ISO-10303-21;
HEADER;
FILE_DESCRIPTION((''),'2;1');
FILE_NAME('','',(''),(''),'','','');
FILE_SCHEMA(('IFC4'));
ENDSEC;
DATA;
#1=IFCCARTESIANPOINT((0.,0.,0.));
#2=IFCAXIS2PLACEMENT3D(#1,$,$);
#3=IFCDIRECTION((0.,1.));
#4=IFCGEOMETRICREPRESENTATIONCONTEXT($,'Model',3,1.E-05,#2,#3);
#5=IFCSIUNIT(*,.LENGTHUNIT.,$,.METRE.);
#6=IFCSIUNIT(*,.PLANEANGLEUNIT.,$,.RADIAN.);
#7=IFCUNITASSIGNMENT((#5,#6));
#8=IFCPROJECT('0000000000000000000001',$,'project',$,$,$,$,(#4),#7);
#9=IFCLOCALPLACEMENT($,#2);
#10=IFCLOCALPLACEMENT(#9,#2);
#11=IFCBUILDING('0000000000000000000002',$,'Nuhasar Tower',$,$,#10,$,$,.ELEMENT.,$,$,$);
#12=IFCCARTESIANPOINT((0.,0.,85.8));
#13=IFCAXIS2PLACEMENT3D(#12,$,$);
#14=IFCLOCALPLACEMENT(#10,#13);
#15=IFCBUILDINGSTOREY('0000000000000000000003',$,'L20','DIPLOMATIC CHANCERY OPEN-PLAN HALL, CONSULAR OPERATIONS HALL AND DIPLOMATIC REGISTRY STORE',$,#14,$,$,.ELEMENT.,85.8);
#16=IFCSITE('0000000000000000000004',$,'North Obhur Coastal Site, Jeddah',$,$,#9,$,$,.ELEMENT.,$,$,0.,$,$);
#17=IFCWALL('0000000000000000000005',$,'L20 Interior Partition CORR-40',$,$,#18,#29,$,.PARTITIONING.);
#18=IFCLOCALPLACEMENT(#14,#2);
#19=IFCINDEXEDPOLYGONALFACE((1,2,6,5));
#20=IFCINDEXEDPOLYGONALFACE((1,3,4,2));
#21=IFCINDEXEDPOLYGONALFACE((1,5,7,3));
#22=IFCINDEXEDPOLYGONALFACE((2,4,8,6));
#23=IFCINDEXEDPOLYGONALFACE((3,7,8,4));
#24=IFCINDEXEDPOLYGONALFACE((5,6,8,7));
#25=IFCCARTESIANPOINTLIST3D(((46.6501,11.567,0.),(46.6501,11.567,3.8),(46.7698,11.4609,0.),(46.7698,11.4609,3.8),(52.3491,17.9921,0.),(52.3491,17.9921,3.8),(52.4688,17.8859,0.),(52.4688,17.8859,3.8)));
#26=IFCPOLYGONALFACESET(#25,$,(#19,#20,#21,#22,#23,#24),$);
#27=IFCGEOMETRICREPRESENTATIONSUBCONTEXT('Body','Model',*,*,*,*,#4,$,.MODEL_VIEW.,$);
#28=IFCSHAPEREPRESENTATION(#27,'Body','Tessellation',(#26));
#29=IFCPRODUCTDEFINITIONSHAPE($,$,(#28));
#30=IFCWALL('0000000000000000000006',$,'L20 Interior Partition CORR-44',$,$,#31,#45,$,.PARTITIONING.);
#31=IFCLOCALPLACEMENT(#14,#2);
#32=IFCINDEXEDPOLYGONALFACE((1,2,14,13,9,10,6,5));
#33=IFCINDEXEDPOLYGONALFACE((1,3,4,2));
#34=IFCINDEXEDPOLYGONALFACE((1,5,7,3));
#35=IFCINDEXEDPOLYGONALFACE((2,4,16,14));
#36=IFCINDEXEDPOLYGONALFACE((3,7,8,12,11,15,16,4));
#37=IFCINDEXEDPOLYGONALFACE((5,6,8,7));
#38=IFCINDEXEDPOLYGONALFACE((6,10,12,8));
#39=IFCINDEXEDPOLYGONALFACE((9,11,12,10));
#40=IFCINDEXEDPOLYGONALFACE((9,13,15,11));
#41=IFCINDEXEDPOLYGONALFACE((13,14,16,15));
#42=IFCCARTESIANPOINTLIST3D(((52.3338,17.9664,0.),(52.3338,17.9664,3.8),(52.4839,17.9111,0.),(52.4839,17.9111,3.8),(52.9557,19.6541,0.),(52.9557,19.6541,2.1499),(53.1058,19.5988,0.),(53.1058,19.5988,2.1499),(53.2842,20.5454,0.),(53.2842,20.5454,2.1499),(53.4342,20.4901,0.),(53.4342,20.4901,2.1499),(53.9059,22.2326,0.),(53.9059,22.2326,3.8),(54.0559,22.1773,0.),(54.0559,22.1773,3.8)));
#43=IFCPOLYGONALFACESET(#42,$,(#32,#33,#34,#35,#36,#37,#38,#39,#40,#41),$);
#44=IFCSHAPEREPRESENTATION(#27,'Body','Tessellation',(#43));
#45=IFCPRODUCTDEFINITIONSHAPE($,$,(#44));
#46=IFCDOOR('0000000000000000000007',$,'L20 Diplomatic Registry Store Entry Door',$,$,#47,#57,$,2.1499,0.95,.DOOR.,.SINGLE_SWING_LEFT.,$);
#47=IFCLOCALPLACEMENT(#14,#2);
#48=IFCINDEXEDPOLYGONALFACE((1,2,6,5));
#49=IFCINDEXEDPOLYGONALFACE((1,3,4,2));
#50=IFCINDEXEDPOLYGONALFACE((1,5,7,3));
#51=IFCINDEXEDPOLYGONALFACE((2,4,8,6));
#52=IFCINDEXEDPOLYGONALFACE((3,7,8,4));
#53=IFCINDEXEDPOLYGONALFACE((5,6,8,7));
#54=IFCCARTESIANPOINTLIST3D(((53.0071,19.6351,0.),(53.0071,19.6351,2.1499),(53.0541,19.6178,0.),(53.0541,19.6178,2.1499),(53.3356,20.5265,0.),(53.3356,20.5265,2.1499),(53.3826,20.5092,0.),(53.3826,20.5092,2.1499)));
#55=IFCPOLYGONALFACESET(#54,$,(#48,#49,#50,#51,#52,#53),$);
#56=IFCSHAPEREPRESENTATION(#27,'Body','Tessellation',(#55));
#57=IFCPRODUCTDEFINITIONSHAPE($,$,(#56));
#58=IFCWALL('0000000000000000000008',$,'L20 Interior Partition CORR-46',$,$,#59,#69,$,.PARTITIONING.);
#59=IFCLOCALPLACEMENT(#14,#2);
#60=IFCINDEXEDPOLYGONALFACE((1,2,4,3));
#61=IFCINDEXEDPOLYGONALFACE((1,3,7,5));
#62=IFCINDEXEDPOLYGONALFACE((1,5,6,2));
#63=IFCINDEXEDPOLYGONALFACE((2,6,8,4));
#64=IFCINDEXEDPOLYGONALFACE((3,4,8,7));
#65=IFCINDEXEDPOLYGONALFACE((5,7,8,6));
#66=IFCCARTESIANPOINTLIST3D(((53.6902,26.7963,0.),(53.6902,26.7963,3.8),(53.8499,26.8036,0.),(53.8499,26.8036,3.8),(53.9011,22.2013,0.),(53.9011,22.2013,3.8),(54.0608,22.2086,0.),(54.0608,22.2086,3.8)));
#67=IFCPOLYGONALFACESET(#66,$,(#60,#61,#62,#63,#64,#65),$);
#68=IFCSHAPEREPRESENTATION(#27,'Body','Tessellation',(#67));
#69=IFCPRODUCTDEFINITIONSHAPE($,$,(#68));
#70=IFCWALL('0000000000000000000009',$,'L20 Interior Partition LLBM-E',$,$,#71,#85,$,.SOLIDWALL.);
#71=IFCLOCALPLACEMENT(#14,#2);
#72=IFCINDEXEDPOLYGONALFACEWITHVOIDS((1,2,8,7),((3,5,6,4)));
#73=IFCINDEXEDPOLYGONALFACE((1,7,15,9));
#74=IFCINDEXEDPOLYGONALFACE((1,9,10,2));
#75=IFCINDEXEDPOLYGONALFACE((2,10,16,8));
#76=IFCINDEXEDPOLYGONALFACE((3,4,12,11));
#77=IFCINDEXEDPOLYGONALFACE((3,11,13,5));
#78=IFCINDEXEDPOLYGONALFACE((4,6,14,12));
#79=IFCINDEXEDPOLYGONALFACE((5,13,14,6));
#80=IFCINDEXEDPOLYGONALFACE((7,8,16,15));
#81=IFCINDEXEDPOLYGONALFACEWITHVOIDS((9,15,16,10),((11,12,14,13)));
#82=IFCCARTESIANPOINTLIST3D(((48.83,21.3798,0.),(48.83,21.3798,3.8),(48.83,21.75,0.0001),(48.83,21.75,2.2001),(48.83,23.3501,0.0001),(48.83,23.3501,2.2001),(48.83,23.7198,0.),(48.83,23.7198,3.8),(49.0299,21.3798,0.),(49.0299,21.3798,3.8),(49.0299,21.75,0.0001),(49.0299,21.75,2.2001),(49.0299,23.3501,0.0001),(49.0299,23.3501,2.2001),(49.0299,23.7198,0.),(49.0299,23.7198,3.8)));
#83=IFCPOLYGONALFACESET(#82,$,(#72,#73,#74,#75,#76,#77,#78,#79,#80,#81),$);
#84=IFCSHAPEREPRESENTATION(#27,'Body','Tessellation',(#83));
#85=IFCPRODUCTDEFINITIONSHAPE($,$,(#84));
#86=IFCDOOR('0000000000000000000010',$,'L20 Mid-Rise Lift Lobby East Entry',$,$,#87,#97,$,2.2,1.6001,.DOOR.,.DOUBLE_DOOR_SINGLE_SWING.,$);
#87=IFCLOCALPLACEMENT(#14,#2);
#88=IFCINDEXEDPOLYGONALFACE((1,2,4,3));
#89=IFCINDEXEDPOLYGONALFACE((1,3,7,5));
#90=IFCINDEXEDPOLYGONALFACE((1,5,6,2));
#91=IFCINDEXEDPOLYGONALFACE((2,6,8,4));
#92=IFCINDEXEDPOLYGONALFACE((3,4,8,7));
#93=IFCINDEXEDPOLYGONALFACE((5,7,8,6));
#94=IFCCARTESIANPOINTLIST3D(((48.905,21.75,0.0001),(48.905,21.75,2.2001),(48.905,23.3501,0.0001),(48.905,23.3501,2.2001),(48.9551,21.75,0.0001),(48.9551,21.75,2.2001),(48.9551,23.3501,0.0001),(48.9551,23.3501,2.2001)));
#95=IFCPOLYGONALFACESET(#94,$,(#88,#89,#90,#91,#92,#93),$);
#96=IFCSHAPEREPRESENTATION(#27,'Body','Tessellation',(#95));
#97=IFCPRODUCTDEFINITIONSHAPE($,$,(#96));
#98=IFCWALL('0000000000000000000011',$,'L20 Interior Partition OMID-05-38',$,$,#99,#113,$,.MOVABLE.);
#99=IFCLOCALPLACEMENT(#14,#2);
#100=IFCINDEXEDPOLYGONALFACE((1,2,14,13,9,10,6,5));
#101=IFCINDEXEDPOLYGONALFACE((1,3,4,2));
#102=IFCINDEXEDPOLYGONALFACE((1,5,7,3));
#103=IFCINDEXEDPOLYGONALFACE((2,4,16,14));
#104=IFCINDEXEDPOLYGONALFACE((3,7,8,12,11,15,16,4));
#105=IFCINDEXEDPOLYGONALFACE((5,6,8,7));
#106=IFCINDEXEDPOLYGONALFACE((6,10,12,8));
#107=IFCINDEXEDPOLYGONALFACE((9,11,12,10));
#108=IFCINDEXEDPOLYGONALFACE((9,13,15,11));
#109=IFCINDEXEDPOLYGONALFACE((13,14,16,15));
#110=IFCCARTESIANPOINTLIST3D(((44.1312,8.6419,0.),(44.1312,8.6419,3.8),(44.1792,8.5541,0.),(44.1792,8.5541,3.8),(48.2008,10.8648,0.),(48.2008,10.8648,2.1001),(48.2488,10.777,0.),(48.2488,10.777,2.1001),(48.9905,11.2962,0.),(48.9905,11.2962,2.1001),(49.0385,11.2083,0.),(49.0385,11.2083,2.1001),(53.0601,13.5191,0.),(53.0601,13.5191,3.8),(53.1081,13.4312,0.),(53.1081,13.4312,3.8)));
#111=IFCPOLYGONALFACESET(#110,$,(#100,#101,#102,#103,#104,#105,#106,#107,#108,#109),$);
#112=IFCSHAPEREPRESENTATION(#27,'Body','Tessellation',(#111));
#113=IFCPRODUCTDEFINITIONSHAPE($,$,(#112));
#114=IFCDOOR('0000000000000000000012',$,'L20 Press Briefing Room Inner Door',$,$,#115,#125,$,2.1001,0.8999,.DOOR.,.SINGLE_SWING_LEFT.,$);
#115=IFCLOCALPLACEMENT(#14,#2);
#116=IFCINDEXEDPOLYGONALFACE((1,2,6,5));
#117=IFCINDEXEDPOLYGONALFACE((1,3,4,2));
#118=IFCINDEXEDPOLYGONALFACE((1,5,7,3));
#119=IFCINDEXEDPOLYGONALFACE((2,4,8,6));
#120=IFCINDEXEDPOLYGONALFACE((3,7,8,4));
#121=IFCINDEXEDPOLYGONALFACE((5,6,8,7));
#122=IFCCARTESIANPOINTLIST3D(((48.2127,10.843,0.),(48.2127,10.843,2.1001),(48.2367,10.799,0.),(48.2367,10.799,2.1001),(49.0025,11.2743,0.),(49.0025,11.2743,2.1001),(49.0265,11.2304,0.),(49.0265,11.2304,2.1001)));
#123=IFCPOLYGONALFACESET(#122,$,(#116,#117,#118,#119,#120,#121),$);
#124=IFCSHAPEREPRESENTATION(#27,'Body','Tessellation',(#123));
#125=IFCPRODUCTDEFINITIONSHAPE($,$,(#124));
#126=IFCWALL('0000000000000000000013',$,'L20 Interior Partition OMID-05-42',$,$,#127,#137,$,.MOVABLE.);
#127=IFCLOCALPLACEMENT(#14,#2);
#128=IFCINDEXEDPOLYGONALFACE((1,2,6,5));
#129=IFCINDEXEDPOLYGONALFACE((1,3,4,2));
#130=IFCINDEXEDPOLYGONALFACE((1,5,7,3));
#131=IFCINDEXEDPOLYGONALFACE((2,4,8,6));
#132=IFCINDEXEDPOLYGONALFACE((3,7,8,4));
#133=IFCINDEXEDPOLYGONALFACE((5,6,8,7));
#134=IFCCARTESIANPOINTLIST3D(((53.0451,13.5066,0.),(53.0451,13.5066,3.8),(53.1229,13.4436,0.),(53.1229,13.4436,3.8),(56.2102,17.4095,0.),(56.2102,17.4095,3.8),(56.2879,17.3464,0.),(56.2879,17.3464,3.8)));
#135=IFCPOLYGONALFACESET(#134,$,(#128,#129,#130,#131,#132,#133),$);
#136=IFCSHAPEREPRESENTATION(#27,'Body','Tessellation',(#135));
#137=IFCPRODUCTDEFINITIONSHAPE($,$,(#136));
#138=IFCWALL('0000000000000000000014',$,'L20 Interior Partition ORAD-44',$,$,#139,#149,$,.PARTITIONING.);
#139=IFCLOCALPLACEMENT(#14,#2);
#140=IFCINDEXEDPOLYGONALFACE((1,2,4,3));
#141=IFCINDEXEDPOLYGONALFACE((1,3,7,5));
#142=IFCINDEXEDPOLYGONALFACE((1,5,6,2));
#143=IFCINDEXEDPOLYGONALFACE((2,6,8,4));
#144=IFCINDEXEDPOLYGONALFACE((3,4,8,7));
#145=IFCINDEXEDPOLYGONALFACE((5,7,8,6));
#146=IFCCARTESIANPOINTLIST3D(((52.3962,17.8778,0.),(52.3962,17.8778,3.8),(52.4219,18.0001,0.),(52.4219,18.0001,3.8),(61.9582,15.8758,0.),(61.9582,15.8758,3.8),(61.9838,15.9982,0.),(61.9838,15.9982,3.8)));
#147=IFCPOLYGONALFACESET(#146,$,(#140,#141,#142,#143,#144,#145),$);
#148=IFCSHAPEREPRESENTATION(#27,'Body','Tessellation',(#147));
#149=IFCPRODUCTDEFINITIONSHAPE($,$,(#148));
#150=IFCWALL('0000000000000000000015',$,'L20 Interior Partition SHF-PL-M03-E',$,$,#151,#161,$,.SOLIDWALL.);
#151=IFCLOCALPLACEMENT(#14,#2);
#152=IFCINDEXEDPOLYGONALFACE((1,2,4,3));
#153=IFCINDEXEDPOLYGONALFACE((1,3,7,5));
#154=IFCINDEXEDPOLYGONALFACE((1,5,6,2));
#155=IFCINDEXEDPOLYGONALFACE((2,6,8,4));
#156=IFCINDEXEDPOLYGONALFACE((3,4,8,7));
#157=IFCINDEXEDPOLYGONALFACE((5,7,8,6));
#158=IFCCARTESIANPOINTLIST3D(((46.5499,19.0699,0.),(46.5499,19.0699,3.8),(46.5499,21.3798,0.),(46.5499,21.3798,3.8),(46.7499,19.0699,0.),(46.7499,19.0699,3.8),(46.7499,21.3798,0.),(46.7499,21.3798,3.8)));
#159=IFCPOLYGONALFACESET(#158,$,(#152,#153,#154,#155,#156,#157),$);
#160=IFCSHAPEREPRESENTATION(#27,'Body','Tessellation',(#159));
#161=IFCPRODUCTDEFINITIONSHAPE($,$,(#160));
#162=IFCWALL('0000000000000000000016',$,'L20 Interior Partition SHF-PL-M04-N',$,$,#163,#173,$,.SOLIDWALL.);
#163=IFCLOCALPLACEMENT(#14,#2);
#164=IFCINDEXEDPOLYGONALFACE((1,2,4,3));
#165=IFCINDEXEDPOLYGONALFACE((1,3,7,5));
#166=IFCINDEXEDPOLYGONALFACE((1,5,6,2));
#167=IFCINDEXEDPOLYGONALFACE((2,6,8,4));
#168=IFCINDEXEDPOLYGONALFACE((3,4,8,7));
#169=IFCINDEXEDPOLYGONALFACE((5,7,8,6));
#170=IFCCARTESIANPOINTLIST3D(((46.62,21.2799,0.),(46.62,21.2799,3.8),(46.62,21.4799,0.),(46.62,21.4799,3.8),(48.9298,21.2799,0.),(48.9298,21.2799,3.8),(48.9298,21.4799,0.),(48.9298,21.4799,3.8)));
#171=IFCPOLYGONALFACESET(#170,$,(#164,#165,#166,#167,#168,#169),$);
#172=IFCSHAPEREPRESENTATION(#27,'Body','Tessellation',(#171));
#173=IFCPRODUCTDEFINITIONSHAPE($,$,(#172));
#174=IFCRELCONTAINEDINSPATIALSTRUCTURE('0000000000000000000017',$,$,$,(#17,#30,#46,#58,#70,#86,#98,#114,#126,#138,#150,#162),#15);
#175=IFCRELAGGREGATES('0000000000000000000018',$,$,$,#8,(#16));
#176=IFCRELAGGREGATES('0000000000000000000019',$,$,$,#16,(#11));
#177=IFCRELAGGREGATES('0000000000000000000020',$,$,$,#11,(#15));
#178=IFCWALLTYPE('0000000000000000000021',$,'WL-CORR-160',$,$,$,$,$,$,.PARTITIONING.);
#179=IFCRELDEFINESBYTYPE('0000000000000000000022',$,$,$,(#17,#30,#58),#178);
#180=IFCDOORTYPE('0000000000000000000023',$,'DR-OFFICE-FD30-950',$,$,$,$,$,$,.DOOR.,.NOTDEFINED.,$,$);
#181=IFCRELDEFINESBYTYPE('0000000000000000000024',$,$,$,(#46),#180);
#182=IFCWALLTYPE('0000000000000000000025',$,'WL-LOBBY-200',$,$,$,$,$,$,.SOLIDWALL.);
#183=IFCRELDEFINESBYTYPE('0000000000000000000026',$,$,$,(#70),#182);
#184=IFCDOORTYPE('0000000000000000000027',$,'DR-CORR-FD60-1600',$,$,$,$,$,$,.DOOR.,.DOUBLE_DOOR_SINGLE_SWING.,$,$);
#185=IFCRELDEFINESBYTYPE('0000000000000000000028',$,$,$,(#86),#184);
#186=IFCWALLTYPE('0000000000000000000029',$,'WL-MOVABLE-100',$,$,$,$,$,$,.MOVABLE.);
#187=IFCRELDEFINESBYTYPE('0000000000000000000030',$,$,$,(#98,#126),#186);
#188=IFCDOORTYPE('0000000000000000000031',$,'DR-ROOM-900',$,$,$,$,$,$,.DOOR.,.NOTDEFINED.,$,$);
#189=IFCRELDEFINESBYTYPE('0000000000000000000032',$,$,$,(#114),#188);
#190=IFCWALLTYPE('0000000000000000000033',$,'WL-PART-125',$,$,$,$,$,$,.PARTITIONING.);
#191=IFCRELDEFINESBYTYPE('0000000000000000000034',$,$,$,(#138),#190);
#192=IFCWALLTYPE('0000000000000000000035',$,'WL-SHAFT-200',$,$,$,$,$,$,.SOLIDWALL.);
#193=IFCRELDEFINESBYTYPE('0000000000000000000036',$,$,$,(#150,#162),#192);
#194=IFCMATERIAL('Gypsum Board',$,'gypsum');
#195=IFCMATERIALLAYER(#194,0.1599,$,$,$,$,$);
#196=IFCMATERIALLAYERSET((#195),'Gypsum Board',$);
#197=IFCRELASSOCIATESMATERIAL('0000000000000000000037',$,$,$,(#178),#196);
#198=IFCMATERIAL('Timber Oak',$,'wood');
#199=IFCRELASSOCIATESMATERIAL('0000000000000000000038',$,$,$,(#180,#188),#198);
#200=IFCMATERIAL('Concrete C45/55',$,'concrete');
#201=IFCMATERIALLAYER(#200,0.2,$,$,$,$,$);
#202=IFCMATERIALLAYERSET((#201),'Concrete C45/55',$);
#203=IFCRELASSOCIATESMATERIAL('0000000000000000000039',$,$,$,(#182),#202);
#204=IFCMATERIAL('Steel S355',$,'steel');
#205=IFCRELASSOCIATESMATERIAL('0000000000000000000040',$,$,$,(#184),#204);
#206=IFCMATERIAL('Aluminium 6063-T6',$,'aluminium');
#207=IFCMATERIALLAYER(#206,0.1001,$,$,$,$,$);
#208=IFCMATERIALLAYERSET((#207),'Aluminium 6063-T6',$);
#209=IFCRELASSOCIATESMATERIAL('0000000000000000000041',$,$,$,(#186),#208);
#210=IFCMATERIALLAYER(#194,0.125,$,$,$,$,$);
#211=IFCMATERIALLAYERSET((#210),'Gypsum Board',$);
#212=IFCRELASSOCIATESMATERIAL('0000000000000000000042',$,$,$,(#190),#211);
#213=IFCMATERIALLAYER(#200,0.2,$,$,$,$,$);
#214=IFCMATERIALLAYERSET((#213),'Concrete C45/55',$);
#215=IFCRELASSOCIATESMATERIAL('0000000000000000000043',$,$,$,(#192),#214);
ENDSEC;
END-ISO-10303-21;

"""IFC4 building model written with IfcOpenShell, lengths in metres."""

from ifc_helpers import new_model, si_unit, direction, frame, frame_2d, origin, place, context, subcontext, project, spatial, rectangle, extrude, material, layer, layer_set, type_object, element, fill, save


model = new_model("IFC4")

# Units and contexts
model_context = context("Model", 3, precision=1e-05, world=origin(), true_north=direction((0.0, 1.0)))
body_context = subcontext(model_context, "Body", "Model", "MODEL_VIEW")
ifc_project = project(units=[si_unit("LENGTHUNIT", "METRE"), si_unit("PLANEANGLEUNIT", "RADIAN")], contexts=[model_context])

# Site, building, storey
site_placement = place(None, origin())
site = spatial("IfcSite", under=ifc_project, at=site_placement, Name="North Obhur Coastal Site, Jeddah", CompositionType="ELEMENT", RefElevation=0.0)
building_placement = place(site_placement, origin())
building = spatial("IfcBuilding", under=site, at=building_placement, Name="Nuhasar Tower", CompositionType="ELEMENT")
storey_placement = place(building_placement, frame((0.0, 0.0, 85.8)))
storey = spatial("IfcBuildingStorey", under=building, at=storey_placement, Name="L20", Description="DIPLOMATIC CHANCERY OPEN-PLAN HALL, CONSULAR OPERATIONS HALL AND DIPLOMATIC REGISTRY STORE", CompositionType="ELEMENT", Elevation=85.8)

# Shared definitions
ifc_material_1 = material(Name="Steel S355", Category="steel")

# Shared definitions
ifc_material_2 = material(Name="Aluminium 6063-T6", Category="aluminium")

# Shared definitions
ifc_material_3 = material(Name="Gypsum Board", Category="gypsum")
ifc_layer_1 = layer(ifc_material_3, 0.1599)
ifc_layer_set_1 = layer_set([ifc_layer_1], Name="Gypsum Board")
wall_type_1 = type_object("IfcWallType", Name="WL-CORR-160", PredefinedType="PARTITIONING", material=ifc_layer_set_1)
ifc_material_4 = material(Name="Timber Oak", Category="wood")
door_type_1 = type_object("IfcDoorType", Name="DR-OFFICE-FD30-950", OperationType="NOTDEFINED", PredefinedType="DOOR", material=ifc_material_4)

# Wall
wall_1_placement = place(storey_placement, frame((46.71, 11.5139, 0.0), z_axis=(0.0, 0.0, 1.0), x_axis=(0.663571, 0.748113, 0.0)))
element("IfcWall", 1, at=wall_1_placement, inside=storey, type_object=wall_type_1, Name="L20 Interior Partition CORR-40", PredefinedType="PARTITIONING", context=body_context, shape_type="SweptSolid", body=[
    extrude(rectangle(XDim=8.5884, YDim=0.1599, at=frame_2d((4.2942, 0.0))), origin(), (0.0, 0.0, 1.0), 3.8),
])

# Wall, opening, door
wall_2_placement = place(storey_placement, frame((53.981, 22.2051, 0.0), z_axis=(0.0, 0.0, 1.0), x_axis=(-0.345763, -0.938322, 0.0)))
wall_2 = element("IfcWall", 2, at=wall_2_placement, inside=storey, type_object=wall_type_1, Name="L20 Interior Partition CORR-44", PredefinedType="PARTITIONING", context=body_context, shape_type="SweptSolid", body=[
    extrude(rectangle(XDim=4.5466, YDim=0.1599, at=frame_2d((2.2734, 0.0))), origin(), (0.0, 0.0, 1.0), 3.8),
])
opening_1_placement = place(wall_2_placement, frame((1.7981, 0.0, 0.0)))
opening_1 = element("IfcOpeningElement", 3, at=opening_1_placement, cuts=wall_2, PredefinedType="OPENING", context=body_context, shape_type="SweptSolid", body=[
    extrude(rectangle(XDim=0.95, YDim=2.1499, at=frame_2d((0.4751, 1.075))), frame((0.0, 0.0898, 0.0), z_axis=(0.0, -1.0, 0.0), x_axis=(1.0, 0.0, 0.0)), (0.0, 0.0, 1.0), 0.1799),
])
door_1_placement = place(opening_1_placement, origin())
door_1 = element("IfcDoor", 4, at=door_1_placement, inside=storey, type_object=door_type_1, Name="L20 Diplomatic Registry Store Entry Door", OperationType="SINGLE_SWING_LEFT", OverallHeight=2.1499, OverallWidth=0.95, PredefinedType="DOOR", context=body_context, shape_type="SweptSolid", body=[
    extrude(rectangle(XDim=0.95, YDim=2.1499, at=frame_2d((0.4751, 1.075))), frame((0.0, 0.0249, 0.0), z_axis=(0.0, -1.0, 0.0), x_axis=(1.0, 0.0, 0.0)), (0.0, 0.0, 1.0), 0.05),
])
fill(opening_1, door_1)

# Wall
wall_3_placement = place(storey_placement, frame((53.981, 22.2051, 0.0), z_axis=(0.0, 0.0, 1.0), x_axis=(-0.045858, 0.998948, 0.0)))
element("IfcWall", 5, at=wall_3_placement, inside=storey, type_object=wall_type_1, Name="L20 Interior Partition CORR-46", PredefinedType="PARTITIONING", context=body_context, shape_type="SweptSolid", body=[
    extrude(rectangle(XDim=4.5999, YDim=0.1599, at=frame_2d((2.2998, 0.0))), origin(), (0.0, 0.0, 1.0), 3.8),
])

# Walls, openings, doors
ifc_material_5 = material(Name="Concrete C45/55", Category="concrete")
ifc_layer_2 = layer(ifc_material_5, 0.2)
ifc_layer_set_2 = layer_set([ifc_layer_2], Name="Concrete C45/55")
wall_type_2 = type_object("IfcWallType", Name="WL-LOBBY-200", PredefinedType="SOLIDWALL", material=ifc_layer_set_2)
wall_4_placement = place(storey_placement, frame((48.9299, 21.3799, 0.0), z_axis=(0.0, 0.0, 1.0), x_axis=(0.0, 1.0, 0.0)))
wall_4 = element("IfcWall", 6, at=wall_4_placement, inside=storey, type_object=wall_type_2, Name="L20 Interior Partition LLBM-E", PredefinedType="SOLIDWALL", context=body_context, shape_type="SweptSolid", body=[
    extrude(rectangle(XDim=2.3401, YDim=0.2, at=frame_2d((1.1699, 0.0))), origin(), (0.0, 0.0, 1.0), 3.8),
])
opening_2_placement = place(wall_4_placement, frame((0.3701, 0.0, 0.0)))
opening_2 = element("IfcOpeningElement", 7, at=opening_2_placement, cuts=wall_4, PredefinedType="OPENING", context=body_context, shape_type="SweptSolid", body=[
    extrude(rectangle(XDim=1.6001, YDim=2.2, at=frame_2d((0.8, 1.1001))), frame((0.0, 0.1099, 0.0), z_axis=(0.0, -1.0, 0.0), x_axis=(1.0, 0.0, 0.0)), (0.0, 0.0, 1.0), 0.22),
])
door_type_2 = type_object("IfcDoorType", Name="DR-CORR-FD60-1600", OperationType="DOUBLE_DOOR_SINGLE_SWING", PredefinedType="DOOR", material=ifc_material_1)
door_2_placement = place(opening_2_placement, origin())
door_2 = element("IfcDoor", 8, at=door_2_placement, inside=storey, type_object=door_type_2, Name="L20 Mid-Rise Lift Lobby East Entry", OperationType="DOUBLE_DOOR_SINGLE_SWING", OverallHeight=2.2, OverallWidth=1.6001, PredefinedType="DOOR", context=body_context, shape_type="SweptSolid", body=[
    extrude(rectangle(XDim=1.6001, YDim=2.2, at=frame_2d((0.8, 1.1001))), frame((0.0, 0.0249, 0.0), z_axis=(0.0, -1.0, 0.0), x_axis=(1.0, 0.0, 0.0)), (0.0, 0.0, 1.0), 0.05),
])
fill(opening_2, door_2)
ifc_layer_3 = layer(ifc_material_2, 0.1001)
ifc_layer_set_3 = layer_set([ifc_layer_3], Name="Aluminium 6063-T6")
wall_type_3 = type_object("IfcWallType", Name="WL-MOVABLE-100", PredefinedType="MOVABLE", material=ifc_layer_set_3)
wall_5_placement = place(storey_placement, frame((53.084, 13.4751, 0.0), z_axis=(0.0, 0.0, 1.0), x_axis=(-0.877612, -0.479372, 0.0)))
wall_5 = element("IfcWall", 9, at=wall_5_placement, inside=storey, type_object=wall_type_3, Name="L20 Interior Partition OMID-05-38", PredefinedType="MOVABLE", context=body_context, shape_type="SweptSolid", body=[
    extrude(rectangle(XDim=10.1741, YDim=0.1001, at=frame_2d((5.0869, 0.0))), origin(), (0.0, 0.0, 1.0), 3.8),
])
opening_3_placement = place(wall_5_placement, frame((4.637, 0.0, 0.0)))
opening_3 = element("IfcOpeningElement", 10, at=opening_3_placement, cuts=wall_5, PredefinedType="OPENING", context=body_context, shape_type="SweptSolid", body=[
    extrude(rectangle(XDim=0.8999, YDim=2.1001, at=frame_2d((0.45, 1.05))), frame((0.0, 0.0601, 0.0), z_axis=(0.0, -1.0, 0.0), x_axis=(1.0, 0.0, 0.0)), (0.0, 0.0, 1.0), 0.1201),
])
door_type_3 = type_object("IfcDoorType", Name="DR-ROOM-900", OperationType="NOTDEFINED", PredefinedType="DOOR", material=ifc_material_4)
door_3_placement = place(opening_3_placement, origin())
door_3 = element("IfcDoor", 11, at=door_3_placement, inside=storey, type_object=door_type_3, Name="L20 Press Briefing Room Inner Door", OperationType="SINGLE_SWING_LEFT", OverallHeight=2.1001, OverallWidth=0.8999, PredefinedType="DOOR", context=body_context, shape_type="SweptSolid", body=[
    extrude(rectangle(XDim=0.8999, YDim=2.1001, at=frame_2d((0.45, 1.05))), frame((0.0, 0.0249, 0.0), z_axis=(0.0, -1.0, 0.0), x_axis=(1.0, 0.0, 0.0)), (0.0, 0.0, 1.0), 0.05),
])
fill(opening_3, door_3)

# Walls
wall_6_placement = place(storey_placement, frame((53.084, 13.4751, 0.0), z_axis=(0.0, 0.0, 1.0), x_axis=(0.629872, 0.776699, 0.0)))
element("IfcWall", 12, at=wall_6_placement, inside=storey, type_object=wall_type_3, Name="L20 Interior Partition OMID-05-42", PredefinedType="MOVABLE", context=body_context, shape_type="SweptSolid", body=[
    extrude(rectangle(XDim=5.0249, YDim=0.1001, at=frame_2d((2.5125, 0.0))), origin(), (0.0, 0.0, 1.0), 3.8),
])
ifc_layer_4 = layer(ifc_material_3, 0.125)
ifc_layer_set_4 = layer_set([ifc_layer_4], Name="Gypsum Board")
wall_type_4 = type_object("IfcWallType", Name="WL-PART-125", PredefinedType="PARTITIONING", material=ifc_layer_set_4)
wall_7_placement = place(storey_placement, frame((52.4089, 17.939, 0.0), z_axis=(0.0, 0.0, 1.0), x_axis=(0.978778, -0.204922, 0.0)))
element("IfcWall", 13, at=wall_7_placement, inside=storey, type_object=wall_type_4, Name="L20 Interior Partition ORAD-44", PredefinedType="PARTITIONING", context=body_context, shape_type="SweptSolid", body=[
    extrude(rectangle(XDim=9.7693, YDim=0.125, at=frame_2d((4.8848, 0.0))), origin(), (0.0, 0.0, 1.0), 3.8),
])
ifc_layer_5 = layer(ifc_material_5, 0.2)
ifc_layer_set_5 = layer_set([ifc_layer_5], Name="Concrete C45/55")
wall_type_5 = type_object("IfcWallType", Name="WL-SHAFT-200", PredefinedType="SOLIDWALL", material=ifc_layer_set_5)
for number, where, z_axis, x_axis, name in (
    (14, (46.6499, 19.0701, 0.0), (0.0, 0.0, 1.0), (0.0, 1.0, 0.0), "L20 Interior Partition SHF-PL-M03-E"),
    (15, (46.6201, 21.3799, 0.0), (0.0, 0.0, 1.0), (1.0, 0.0, 0.0), "L20 Interior Partition SHF-PL-M04-N"),
):
    element("IfcWall", number, at=place(storey_placement, frame(where, z_axis=z_axis, x_axis=x_axis)), inside=storey, type_object=wall_type_5, Name=name, PredefinedType="SOLIDWALL", context=body_context, shape_type="SweptSolid", body=[
        extrude(rectangle(XDim=2.3098, YDim=0.2, at=frame_2d((1.1548, 0.0))), origin(), (0.0, 0.0, 1.0), 3.8),
    ])

save(model, "model.ifc")
